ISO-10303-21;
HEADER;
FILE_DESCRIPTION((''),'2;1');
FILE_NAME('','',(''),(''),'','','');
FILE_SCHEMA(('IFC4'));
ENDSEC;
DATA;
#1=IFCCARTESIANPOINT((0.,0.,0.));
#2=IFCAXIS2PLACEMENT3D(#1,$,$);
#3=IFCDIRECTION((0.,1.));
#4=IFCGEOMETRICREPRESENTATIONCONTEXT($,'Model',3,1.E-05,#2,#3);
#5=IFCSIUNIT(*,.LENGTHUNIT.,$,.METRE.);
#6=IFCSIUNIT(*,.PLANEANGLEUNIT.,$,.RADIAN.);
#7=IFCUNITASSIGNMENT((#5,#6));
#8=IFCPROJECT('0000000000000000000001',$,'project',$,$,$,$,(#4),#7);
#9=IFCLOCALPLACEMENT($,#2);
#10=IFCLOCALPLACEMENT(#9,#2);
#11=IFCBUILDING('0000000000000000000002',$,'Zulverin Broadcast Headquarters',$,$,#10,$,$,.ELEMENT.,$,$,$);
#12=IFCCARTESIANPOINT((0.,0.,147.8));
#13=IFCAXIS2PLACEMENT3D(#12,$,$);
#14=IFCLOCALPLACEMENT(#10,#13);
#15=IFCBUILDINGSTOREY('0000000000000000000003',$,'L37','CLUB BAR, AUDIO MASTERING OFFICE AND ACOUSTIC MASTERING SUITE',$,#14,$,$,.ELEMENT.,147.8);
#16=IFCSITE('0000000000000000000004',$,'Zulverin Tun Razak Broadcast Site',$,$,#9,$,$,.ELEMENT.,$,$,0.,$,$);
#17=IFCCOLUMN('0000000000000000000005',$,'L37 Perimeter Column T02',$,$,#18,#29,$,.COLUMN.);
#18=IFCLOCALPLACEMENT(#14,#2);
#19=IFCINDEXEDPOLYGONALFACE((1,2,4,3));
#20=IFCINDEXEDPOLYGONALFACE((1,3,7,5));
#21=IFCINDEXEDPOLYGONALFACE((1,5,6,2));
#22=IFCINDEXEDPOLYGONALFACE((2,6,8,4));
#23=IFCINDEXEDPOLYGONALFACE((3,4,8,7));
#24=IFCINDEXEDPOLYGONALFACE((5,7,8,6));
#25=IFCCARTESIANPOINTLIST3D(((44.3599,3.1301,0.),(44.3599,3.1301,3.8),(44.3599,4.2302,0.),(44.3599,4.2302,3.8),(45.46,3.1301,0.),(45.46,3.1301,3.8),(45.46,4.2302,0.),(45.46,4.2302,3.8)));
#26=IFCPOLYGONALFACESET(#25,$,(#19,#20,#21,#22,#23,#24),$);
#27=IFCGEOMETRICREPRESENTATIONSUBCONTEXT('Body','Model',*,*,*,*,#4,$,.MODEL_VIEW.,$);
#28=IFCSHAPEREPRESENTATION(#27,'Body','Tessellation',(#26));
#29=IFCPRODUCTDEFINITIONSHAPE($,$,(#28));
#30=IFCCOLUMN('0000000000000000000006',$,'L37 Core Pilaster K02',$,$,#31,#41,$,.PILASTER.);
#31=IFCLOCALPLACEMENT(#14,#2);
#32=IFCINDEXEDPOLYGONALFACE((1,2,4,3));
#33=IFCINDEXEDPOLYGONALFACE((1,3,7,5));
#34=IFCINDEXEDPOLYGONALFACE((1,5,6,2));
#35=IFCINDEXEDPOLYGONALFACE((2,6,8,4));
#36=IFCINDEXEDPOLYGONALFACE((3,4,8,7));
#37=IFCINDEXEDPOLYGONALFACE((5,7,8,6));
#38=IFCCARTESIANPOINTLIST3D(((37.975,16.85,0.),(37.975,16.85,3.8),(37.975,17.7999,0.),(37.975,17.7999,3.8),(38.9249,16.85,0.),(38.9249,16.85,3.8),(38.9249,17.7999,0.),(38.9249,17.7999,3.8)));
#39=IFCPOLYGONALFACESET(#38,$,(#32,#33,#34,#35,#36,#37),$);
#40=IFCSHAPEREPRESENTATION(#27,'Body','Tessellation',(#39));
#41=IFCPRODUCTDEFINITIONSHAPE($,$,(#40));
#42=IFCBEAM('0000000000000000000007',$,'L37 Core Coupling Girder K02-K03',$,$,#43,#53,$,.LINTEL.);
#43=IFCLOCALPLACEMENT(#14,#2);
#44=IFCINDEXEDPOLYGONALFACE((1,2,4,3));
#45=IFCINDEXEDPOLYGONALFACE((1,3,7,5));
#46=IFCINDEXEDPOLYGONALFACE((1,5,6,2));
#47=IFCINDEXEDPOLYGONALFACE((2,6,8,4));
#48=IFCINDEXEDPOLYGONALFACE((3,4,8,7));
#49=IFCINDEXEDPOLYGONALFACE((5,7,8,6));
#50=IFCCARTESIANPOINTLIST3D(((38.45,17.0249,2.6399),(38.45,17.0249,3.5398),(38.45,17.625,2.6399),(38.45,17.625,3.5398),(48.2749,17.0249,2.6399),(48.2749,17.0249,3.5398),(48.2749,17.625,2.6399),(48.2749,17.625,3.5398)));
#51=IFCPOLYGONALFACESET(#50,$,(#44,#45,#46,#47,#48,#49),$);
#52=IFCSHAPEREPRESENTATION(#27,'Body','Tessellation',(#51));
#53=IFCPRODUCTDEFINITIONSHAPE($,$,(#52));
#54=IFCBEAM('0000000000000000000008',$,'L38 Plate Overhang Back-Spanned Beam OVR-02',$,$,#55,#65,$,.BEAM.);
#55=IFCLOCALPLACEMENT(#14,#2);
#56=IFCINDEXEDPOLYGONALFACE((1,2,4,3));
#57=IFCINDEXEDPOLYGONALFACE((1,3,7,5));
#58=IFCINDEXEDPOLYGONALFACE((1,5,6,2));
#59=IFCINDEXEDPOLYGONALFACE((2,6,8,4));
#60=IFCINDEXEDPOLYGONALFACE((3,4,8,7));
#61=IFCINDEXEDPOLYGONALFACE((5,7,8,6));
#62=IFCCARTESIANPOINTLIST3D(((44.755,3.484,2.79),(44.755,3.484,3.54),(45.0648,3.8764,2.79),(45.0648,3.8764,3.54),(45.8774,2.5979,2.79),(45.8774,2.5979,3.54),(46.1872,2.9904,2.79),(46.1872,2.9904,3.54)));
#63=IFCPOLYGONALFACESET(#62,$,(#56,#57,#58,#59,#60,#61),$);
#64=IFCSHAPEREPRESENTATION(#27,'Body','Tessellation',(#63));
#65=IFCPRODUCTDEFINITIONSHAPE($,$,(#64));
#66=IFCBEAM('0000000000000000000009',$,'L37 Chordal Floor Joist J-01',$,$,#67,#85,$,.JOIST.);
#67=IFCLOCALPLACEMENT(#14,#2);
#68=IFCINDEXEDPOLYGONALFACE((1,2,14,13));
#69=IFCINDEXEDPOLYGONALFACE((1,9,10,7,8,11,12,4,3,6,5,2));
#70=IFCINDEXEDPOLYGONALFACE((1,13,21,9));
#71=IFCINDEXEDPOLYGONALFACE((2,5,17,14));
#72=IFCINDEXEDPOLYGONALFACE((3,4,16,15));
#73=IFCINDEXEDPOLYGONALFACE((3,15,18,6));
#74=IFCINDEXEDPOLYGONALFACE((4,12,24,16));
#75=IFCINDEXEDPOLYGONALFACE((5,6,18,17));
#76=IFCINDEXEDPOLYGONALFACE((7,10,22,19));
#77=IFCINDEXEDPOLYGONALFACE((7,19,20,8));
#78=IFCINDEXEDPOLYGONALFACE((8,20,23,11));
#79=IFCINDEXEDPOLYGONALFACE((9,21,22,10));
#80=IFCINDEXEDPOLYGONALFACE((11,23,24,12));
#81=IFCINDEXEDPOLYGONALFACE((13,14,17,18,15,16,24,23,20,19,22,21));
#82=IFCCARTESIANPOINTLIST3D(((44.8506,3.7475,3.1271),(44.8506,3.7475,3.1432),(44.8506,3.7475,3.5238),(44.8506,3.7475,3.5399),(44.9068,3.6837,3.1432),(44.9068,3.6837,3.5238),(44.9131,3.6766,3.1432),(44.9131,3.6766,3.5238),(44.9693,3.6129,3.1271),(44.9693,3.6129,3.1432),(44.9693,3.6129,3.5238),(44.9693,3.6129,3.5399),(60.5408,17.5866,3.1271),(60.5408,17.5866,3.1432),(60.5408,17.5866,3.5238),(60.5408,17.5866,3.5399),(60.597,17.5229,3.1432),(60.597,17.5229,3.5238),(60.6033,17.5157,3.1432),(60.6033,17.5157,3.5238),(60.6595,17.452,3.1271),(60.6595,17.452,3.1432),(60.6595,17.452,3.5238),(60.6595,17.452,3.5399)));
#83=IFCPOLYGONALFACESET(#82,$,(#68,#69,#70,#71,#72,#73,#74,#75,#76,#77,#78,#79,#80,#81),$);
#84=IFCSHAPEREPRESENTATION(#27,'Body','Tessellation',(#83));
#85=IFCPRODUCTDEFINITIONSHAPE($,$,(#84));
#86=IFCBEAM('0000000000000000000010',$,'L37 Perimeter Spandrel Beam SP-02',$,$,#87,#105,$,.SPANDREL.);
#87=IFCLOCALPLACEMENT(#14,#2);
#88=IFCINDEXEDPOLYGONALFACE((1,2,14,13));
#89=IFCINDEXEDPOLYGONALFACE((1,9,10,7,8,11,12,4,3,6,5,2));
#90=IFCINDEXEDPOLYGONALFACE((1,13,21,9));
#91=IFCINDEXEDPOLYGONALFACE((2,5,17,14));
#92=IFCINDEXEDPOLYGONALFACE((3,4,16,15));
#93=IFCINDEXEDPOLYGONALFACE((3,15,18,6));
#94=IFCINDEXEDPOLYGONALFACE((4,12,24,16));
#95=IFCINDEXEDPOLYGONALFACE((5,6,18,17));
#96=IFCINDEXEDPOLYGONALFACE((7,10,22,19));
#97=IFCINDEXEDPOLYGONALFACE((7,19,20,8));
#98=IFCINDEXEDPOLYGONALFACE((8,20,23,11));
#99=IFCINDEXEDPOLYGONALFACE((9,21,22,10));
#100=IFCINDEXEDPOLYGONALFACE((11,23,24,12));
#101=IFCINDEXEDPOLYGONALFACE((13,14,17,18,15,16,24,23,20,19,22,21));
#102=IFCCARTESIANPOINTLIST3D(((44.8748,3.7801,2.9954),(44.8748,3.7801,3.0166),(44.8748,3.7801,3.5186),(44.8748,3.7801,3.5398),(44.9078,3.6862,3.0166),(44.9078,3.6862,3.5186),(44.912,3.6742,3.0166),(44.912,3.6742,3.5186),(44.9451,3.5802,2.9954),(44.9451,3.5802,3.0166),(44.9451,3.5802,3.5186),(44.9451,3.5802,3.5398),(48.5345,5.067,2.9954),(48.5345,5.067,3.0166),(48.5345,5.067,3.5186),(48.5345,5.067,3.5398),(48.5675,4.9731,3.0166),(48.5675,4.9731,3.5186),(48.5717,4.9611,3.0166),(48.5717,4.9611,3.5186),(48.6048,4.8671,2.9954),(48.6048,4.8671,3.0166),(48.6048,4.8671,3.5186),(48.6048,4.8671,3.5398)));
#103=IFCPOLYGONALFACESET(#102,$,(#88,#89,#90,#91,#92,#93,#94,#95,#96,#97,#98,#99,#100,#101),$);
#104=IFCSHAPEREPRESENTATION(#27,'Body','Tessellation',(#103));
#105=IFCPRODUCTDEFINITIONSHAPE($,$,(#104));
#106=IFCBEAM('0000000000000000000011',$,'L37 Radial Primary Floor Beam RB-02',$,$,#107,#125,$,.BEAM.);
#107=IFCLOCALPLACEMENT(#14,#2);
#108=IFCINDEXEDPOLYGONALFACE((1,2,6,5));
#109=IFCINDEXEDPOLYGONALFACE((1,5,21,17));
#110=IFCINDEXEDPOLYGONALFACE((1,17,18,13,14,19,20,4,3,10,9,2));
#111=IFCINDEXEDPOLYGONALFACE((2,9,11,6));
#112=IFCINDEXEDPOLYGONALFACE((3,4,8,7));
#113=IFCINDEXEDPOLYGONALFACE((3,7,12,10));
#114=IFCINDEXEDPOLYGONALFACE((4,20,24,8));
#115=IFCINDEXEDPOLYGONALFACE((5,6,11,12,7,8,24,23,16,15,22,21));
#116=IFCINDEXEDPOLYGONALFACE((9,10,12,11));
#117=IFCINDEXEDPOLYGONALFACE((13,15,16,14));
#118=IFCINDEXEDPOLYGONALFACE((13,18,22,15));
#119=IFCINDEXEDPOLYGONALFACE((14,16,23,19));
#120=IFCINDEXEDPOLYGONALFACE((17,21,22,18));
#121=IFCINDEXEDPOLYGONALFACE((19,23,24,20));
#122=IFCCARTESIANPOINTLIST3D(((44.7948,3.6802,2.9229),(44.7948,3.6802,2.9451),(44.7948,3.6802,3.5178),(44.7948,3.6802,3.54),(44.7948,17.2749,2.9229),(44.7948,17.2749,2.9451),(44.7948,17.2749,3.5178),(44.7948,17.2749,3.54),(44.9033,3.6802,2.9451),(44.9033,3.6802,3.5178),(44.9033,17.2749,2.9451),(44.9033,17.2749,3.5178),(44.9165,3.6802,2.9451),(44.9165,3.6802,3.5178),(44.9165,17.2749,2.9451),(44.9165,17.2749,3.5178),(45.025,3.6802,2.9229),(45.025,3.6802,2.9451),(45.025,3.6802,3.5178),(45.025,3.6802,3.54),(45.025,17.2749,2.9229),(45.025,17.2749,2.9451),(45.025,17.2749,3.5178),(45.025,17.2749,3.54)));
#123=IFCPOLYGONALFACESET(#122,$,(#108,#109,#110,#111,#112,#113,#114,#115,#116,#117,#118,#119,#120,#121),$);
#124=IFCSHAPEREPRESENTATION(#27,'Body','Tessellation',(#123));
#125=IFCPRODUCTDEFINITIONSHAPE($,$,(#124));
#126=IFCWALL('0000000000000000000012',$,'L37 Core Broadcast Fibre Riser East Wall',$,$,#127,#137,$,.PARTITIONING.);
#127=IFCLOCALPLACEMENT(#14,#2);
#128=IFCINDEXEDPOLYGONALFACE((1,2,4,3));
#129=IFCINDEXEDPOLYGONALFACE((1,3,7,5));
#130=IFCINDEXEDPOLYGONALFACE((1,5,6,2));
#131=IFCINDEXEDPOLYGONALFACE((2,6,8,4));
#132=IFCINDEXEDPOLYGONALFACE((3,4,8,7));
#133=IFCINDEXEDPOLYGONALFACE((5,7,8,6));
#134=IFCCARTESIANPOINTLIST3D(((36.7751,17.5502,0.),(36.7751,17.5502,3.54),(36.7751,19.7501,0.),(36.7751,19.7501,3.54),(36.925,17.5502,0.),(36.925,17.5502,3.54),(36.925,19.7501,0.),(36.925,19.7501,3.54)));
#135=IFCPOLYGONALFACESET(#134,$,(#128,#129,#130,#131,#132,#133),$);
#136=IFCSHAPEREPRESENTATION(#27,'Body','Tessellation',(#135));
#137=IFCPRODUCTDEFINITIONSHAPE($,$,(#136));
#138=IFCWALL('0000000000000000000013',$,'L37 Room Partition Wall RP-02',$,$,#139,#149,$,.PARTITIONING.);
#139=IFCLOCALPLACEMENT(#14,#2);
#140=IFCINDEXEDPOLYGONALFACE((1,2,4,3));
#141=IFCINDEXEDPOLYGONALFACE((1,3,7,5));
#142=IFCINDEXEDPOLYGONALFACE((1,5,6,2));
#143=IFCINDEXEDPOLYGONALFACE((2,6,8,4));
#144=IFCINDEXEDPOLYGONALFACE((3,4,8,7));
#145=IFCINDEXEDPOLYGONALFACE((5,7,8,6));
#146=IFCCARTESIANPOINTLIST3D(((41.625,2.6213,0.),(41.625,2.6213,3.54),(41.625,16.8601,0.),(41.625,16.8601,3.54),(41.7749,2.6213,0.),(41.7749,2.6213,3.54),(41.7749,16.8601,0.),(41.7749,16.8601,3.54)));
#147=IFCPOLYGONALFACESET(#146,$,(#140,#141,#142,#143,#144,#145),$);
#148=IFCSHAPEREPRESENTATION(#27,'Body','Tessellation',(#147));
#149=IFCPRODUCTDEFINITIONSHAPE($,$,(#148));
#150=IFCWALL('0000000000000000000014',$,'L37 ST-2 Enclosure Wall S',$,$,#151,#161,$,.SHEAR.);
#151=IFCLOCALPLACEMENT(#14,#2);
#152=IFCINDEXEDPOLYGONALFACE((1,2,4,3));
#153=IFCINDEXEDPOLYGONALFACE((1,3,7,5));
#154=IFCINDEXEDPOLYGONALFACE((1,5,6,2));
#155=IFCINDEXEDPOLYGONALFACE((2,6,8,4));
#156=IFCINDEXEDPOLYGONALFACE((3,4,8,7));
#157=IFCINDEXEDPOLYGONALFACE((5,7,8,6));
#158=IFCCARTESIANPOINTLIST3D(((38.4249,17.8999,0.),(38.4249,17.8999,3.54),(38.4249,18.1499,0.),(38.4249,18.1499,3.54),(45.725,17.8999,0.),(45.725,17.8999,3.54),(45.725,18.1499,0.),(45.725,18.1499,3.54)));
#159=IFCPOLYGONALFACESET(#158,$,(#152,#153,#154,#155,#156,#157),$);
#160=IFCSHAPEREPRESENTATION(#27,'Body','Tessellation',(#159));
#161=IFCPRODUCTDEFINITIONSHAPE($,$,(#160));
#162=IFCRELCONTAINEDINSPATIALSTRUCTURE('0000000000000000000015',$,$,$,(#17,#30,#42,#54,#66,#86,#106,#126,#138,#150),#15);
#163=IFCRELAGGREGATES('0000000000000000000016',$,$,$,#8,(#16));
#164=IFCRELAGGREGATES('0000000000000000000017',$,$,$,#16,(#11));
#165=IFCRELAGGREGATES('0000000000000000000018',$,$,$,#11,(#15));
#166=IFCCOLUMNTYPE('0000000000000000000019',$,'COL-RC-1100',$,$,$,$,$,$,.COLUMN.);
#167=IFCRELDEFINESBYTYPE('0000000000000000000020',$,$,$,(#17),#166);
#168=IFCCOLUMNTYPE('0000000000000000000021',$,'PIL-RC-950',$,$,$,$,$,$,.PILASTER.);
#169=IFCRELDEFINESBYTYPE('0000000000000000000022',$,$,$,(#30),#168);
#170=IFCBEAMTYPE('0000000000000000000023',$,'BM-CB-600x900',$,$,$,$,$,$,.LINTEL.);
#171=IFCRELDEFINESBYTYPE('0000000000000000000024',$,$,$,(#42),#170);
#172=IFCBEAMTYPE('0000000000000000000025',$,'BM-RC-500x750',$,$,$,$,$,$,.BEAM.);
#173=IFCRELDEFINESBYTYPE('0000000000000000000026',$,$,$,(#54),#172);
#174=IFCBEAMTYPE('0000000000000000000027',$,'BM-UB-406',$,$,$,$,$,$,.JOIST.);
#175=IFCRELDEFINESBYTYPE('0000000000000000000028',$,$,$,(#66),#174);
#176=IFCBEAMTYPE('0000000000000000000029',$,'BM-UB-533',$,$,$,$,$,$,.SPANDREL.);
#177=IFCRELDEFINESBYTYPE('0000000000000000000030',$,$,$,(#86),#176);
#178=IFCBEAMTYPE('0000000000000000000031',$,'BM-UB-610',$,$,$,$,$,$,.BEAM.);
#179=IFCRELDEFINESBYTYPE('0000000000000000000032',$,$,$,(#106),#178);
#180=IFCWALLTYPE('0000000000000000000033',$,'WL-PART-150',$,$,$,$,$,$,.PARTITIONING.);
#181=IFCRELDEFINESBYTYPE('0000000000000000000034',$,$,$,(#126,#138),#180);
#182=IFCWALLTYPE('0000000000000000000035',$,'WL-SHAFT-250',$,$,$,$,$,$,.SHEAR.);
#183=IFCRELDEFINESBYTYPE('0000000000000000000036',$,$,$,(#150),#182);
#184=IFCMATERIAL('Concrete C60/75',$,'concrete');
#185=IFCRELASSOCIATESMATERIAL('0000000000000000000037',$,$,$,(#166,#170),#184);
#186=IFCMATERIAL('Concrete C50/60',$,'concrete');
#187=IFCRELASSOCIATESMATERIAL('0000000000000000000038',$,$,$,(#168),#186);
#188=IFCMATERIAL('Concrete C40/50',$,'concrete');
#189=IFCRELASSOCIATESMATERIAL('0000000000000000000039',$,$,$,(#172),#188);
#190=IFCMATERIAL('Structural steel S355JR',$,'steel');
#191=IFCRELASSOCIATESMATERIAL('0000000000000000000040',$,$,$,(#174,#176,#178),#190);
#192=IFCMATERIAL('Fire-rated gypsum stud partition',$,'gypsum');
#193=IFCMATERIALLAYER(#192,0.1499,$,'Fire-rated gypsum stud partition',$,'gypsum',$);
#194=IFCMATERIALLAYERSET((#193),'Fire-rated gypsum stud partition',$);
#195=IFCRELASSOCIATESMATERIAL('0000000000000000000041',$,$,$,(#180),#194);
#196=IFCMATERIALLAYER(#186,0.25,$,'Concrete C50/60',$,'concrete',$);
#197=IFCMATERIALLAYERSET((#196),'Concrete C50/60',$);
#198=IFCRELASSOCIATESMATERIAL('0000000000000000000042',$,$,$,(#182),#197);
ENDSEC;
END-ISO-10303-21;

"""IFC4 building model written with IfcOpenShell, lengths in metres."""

from ifc_helpers import new_model, si_unit, direction, frame, frame_2d, origin, origin_2d, place, context, subcontext, project, spatial, rectangle, i_section, extrude, material, layer, layer_set, material_profile, profile_set, type_object, element, save


model = new_model("IFC4")

# Units and contexts
model_context = context("Model", 3, precision=1e-05, world=origin(), true_north=direction((0.0, 1.0)))
body_context = subcontext(model_context, "Body", "Model", "MODEL_VIEW")
ifc_project = project(units=[si_unit("LENGTHUNIT", "METRE"), si_unit("PLANEANGLEUNIT", "RADIAN")], contexts=[model_context])

# Site, building, storey
site_placement = place(None, origin())
site = spatial("IfcSite", under=ifc_project, at=site_placement, Name="Zulverin Tun Razak Broadcast Site", CompositionType="ELEMENT", RefElevation=0.0)
building_placement = place(site_placement, origin())
building = spatial("IfcBuilding", under=site, at=building_placement, Name="Zulverin Broadcast Headquarters", CompositionType="ELEMENT")
storey_placement = place(building_placement, frame((0.0, 0.0, 147.8)))
storey = spatial("IfcBuildingStorey", under=building, at=storey_placement, Name="L37", Description="CLUB BAR, AUDIO MASTERING OFFICE AND ACOUSTIC MASTERING SUITE", CompositionType="ELEMENT", Elevation=147.8)

# Columns
ifc_material_1 = material(Name="Concrete C60/75", Category="concrete")
ifc_material_profile_1 = material_profile(ifc_material_1, rectangle(XDim=1.1001, YDim=1.1001, at=origin_2d()), Name="Concrete C60/75", Category="concrete")
ifc_profile_set_1 = profile_set([ifc_material_profile_1], Name="Concrete C60/75")
column_type_1 = type_object("IfcColumnType", Name="COL-RC-1100", PredefinedType="COLUMN", material=ifc_profile_set_1)
column_1_placement = place(storey_placement, frame((44.9099, 3.6802, 0.0), z_axis=(0.0, 0.0, 1.0), x_axis=(1.0, 0.0, 0.0)))
element("IfcColumn", 1, at=column_1_placement, inside=storey, type_object=column_type_1, Name="L37 Perimeter Column T02", PredefinedType="COLUMN", context=body_context, shape_type="SweptSolid", body=[
    extrude(rectangle(XDim=1.1001, YDim=1.1001, at=origin_2d()), origin(), (0.0, 0.0, 1.0), 3.8),
])
ifc_material_2 = material(Name="Concrete C50/60", Category="concrete")
ifc_material_profile_2 = material_profile(ifc_material_2, rectangle(XDim=0.95, YDim=0.95, at=origin_2d()), Name="Concrete C50/60", Category="concrete")
ifc_profile_set_2 = profile_set([ifc_material_profile_2], Name="Concrete C50/60")
column_type_2 = type_object("IfcColumnType", Name="PIL-RC-950", PredefinedType="PILASTER", material=ifc_profile_set_2)
column_2_placement = place(storey_placement, frame((38.45, 17.325, 0.0), z_axis=(0.0, 0.0, 1.0), x_axis=(1.0, 0.0, 0.0)))
element("IfcColumn", 2, at=column_2_placement, inside=storey, type_object=column_type_2, Name="L37 Core Pilaster K02", PredefinedType="PILASTER", context=body_context, shape_type="SweptSolid", body=[
    extrude(rectangle(XDim=0.95, YDim=0.95, at=origin_2d()), origin(), (0.0, 0.0, 1.0), 3.8),
])

# Beams
ifc_material_profile_3 = material_profile(ifc_material_1, rectangle(XDim=0.6001, YDim=0.8999, at=origin_2d()), Name="Concrete C60/75", Category="concrete")
ifc_profile_set_3 = profile_set([ifc_material_profile_3], Name="Concrete C60/75")
beam_type_1 = type_object("IfcBeamType", Name="BM-CB-600x900", PredefinedType="LINTEL", material=ifc_profile_set_3)
beam_1_placement = place(storey_placement, frame((38.45, 17.325, 3.0898), z_axis=(1.0, 0.0, 0.0), x_axis=(0.0, 1.0, 0.0)))
element("IfcBeam", 3, at=beam_1_placement, inside=storey, type_object=beam_type_1, Name="L37 Core Coupling Girder K02-K03", PredefinedType="LINTEL", context=body_context, shape_type="SweptSolid", body=[
    extrude(rectangle(XDim=0.6001, YDim=0.8999, at=origin_2d()), origin(), (0.0, 0.0, 1.0), 9.825),
])
ifc_material_3 = material(Name="Concrete C40/50", Category="concrete")
ifc_material_profile_4 = material_profile(ifc_material_3, rectangle(XDim=0.5, YDim=0.75, at=origin_2d()), Name="Concrete C40/50", Category="concrete")
ifc_profile_set_4 = profile_set([ifc_material_profile_4], Name="Concrete C40/50")
beam_type_2 = type_object("IfcBeamType", Name="BM-RC-500x750", PredefinedType="BEAM", material=ifc_profile_set_4)
beam_2_placement = place(storey_placement, frame((44.9099, 3.6802, 3.165), z_axis=(0.7849, -0.619622, 0.0), x_axis=(0.619622, 0.7849, 0.0)))
element("IfcBeam", 4, at=beam_2_placement, inside=storey, type_object=beam_type_2, Name="L38 Plate Overhang Back-Spanned Beam OVR-02", PredefinedType="BEAM", context=body_context, shape_type="SweptSolid", body=[
    extrude(rectangle(XDim=0.5, YDim=0.75, at=origin_2d()), origin(), (0.0, 0.0, 1.0), 1.4299),
])
ifc_material_4 = material(Name="Structural steel S355JR", Category="steel")
ifc_material_profile_5 = material_profile(ifc_material_4, i_section(OverallWidth=0.1794, OverallDepth=0.4128, WebThickness=0.0095, FlangeThickness=0.0161, at=origin_2d()), Name="Structural steel S355JR", Category="steel")
ifc_profile_set_5 = profile_set([ifc_material_profile_5], Name="Structural steel S355JR")
beam_type_3 = type_object("IfcBeamType", Name="BM-UB-406", PredefinedType="JOIST", material=ifc_profile_set_5)
beam_3_placement = place(storey_placement, frame((44.9099, 3.6802, 3.3335), z_axis=(0.74996, 0.661483, 0.0), x_axis=(-0.661483, 0.74996, 0.0)))
element("IfcBeam", 5, at=beam_3_placement, inside=storey, type_object=beam_type_3, Name="L37 Chordal Floor Joist J-01", PredefinedType="JOIST", context=body_context, shape_type="SweptSolid", body=[
    extrude(i_section(OverallWidth=0.1794, OverallDepth=0.4128, WebThickness=0.0095, FlangeThickness=0.0161, at=origin_2d()), origin(), (0.0, 0.0, 1.0), 20.9214),
])
ifc_material_profile_6 = material_profile(ifc_material_4, i_section(OverallWidth=0.2119, OverallDepth=0.5444, WebThickness=0.0127, FlangeThickness=0.0212, at=origin_2d()), Name="Structural steel S355JR", Category="steel")
ifc_profile_set_6 = profile_set([ifc_material_profile_6], Name="Structural steel S355JR")
beam_type_4 = type_object("IfcBeamType", Name="BM-UB-533", PredefinedType="SPANDREL", material=ifc_profile_set_6)
beam_4_placement = place(storey_placement, frame((44.9099, 3.6802, 3.2676), z_axis=(0.943377, 0.331724, 0.0), x_axis=(-0.331724, 0.943377, 0.0)))
element("IfcBeam", 6, at=beam_4_placement, inside=storey, type_object=beam_type_4, Name="L37 Perimeter Spandrel Beam SP-02", PredefinedType="SPANDREL", context=body_context, shape_type="SweptSolid", body=[
    extrude(i_section(OverallWidth=0.2119, OverallDepth=0.5444, WebThickness=0.0127, FlangeThickness=0.0212, at=origin_2d()), origin(), (0.0, 0.0, 1.0), 3.8794),
])
ifc_material_profile_7 = material_profile(ifc_material_4, i_section(OverallWidth=0.2302, OverallDepth=0.6172, WebThickness=0.0132, FlangeThickness=0.0222, at=origin_2d()), Name="Structural steel S355JR", Category="steel")
ifc_profile_set_7 = profile_set([ifc_material_profile_7], Name="Structural steel S355JR")
beam_type_5 = type_object("IfcBeamType", Name="BM-UB-610", PredefinedType="BEAM", material=ifc_profile_set_7)
beam_5_placement = place(storey_placement, frame((44.9099, 17.2749, 3.2314), z_axis=(0.0, -1.0, 0.0), x_axis=(1.0, 0.0, 0.0)))
element("IfcBeam", 7, at=beam_5_placement, inside=storey, type_object=beam_type_5, Name="L37 Radial Primary Floor Beam RB-02", PredefinedType="BEAM", context=body_context, shape_type="SweptSolid", body=[
    extrude(i_section(OverallWidth=0.2302, OverallDepth=0.6172, WebThickness=0.0132, FlangeThickness=0.0222, at=origin_2d()), origin(), (0.0, 0.0, 1.0), 13.5947),
])

# Walls
ifc_material_5 = material(Name="Fire-rated gypsum stud partition", Category="gypsum")
ifc_layer_1 = layer(ifc_material_5, 0.1499, Name="Fire-rated gypsum stud partition", Category="gypsum")
ifc_layer_set_1 = layer_set([ifc_layer_1], Name="Fire-rated gypsum stud partition")
wall_type_1 = type_object("IfcWallType", Name="WL-PART-150", PredefinedType="PARTITIONING", material=ifc_layer_set_1)
wall_1_placement = place(storey_placement, frame((36.8501, 17.55, 0.0), z_axis=(0.0, 0.0, 1.0), x_axis=(0.0, 1.0, 0.0)))
element("IfcWall", 8, at=wall_1_placement, inside=storey, type_object=wall_type_1, Name="L37 Core Broadcast Fibre Riser East Wall", PredefinedType="PARTITIONING", context=body_context, shape_type="SweptSolid", body=[
    extrude(rectangle(XDim=2.2, YDim=0.1499, at=frame_2d((1.1001, 0.0))), origin(), (0.0, 0.0, 1.0), 3.54),
])
wall_2_placement = place(storey_placement, frame((41.7, 2.6213, 0.0), z_axis=(0.0, 0.0, 1.0), x_axis=(0.0, 1.0, 0.0)))
element("IfcWall", 9, at=wall_2_placement, inside=storey, type_object=wall_type_1, Name="L37 Room Partition Wall RP-02", PredefinedType="PARTITIONING", context=body_context, shape_type="SweptSolid", body=[
    extrude(rectangle(XDim=14.2388, YDim=0.1499, at=frame_2d((7.1194, 0.0))), origin(), (0.0, 0.0, 1.0), 3.54),
])
ifc_layer_2 = layer(ifc_material_2, 0.25, Name="Concrete C50/60", Category="concrete")
ifc_layer_set_2 = layer_set([ifc_layer_2], Name="Concrete C50/60")
wall_type_2 = type_object("IfcWallType", Name="WL-SHAFT-250", PredefinedType="SHEAR", material=ifc_layer_set_2)
wall_3_placement = place(storey_placement, frame((38.425, 18.0249, 0.0), z_axis=(0.0, 0.0, 1.0), x_axis=(1.0, 0.0, 0.0)))
element("IfcWall", 10, at=wall_3_placement, inside=storey, type_object=wall_type_2, Name="L37 ST-2 Enclosure Wall S", PredefinedType="SHEAR", context=body_context, shape_type="SweptSolid", body=[
    extrude(rectangle(XDim=7.3, YDim=0.25, at=frame_2d((3.6499, 0.0))), origin(), (0.0, 0.0, 1.0), 3.54),
])

save(model, "model.ifc")
